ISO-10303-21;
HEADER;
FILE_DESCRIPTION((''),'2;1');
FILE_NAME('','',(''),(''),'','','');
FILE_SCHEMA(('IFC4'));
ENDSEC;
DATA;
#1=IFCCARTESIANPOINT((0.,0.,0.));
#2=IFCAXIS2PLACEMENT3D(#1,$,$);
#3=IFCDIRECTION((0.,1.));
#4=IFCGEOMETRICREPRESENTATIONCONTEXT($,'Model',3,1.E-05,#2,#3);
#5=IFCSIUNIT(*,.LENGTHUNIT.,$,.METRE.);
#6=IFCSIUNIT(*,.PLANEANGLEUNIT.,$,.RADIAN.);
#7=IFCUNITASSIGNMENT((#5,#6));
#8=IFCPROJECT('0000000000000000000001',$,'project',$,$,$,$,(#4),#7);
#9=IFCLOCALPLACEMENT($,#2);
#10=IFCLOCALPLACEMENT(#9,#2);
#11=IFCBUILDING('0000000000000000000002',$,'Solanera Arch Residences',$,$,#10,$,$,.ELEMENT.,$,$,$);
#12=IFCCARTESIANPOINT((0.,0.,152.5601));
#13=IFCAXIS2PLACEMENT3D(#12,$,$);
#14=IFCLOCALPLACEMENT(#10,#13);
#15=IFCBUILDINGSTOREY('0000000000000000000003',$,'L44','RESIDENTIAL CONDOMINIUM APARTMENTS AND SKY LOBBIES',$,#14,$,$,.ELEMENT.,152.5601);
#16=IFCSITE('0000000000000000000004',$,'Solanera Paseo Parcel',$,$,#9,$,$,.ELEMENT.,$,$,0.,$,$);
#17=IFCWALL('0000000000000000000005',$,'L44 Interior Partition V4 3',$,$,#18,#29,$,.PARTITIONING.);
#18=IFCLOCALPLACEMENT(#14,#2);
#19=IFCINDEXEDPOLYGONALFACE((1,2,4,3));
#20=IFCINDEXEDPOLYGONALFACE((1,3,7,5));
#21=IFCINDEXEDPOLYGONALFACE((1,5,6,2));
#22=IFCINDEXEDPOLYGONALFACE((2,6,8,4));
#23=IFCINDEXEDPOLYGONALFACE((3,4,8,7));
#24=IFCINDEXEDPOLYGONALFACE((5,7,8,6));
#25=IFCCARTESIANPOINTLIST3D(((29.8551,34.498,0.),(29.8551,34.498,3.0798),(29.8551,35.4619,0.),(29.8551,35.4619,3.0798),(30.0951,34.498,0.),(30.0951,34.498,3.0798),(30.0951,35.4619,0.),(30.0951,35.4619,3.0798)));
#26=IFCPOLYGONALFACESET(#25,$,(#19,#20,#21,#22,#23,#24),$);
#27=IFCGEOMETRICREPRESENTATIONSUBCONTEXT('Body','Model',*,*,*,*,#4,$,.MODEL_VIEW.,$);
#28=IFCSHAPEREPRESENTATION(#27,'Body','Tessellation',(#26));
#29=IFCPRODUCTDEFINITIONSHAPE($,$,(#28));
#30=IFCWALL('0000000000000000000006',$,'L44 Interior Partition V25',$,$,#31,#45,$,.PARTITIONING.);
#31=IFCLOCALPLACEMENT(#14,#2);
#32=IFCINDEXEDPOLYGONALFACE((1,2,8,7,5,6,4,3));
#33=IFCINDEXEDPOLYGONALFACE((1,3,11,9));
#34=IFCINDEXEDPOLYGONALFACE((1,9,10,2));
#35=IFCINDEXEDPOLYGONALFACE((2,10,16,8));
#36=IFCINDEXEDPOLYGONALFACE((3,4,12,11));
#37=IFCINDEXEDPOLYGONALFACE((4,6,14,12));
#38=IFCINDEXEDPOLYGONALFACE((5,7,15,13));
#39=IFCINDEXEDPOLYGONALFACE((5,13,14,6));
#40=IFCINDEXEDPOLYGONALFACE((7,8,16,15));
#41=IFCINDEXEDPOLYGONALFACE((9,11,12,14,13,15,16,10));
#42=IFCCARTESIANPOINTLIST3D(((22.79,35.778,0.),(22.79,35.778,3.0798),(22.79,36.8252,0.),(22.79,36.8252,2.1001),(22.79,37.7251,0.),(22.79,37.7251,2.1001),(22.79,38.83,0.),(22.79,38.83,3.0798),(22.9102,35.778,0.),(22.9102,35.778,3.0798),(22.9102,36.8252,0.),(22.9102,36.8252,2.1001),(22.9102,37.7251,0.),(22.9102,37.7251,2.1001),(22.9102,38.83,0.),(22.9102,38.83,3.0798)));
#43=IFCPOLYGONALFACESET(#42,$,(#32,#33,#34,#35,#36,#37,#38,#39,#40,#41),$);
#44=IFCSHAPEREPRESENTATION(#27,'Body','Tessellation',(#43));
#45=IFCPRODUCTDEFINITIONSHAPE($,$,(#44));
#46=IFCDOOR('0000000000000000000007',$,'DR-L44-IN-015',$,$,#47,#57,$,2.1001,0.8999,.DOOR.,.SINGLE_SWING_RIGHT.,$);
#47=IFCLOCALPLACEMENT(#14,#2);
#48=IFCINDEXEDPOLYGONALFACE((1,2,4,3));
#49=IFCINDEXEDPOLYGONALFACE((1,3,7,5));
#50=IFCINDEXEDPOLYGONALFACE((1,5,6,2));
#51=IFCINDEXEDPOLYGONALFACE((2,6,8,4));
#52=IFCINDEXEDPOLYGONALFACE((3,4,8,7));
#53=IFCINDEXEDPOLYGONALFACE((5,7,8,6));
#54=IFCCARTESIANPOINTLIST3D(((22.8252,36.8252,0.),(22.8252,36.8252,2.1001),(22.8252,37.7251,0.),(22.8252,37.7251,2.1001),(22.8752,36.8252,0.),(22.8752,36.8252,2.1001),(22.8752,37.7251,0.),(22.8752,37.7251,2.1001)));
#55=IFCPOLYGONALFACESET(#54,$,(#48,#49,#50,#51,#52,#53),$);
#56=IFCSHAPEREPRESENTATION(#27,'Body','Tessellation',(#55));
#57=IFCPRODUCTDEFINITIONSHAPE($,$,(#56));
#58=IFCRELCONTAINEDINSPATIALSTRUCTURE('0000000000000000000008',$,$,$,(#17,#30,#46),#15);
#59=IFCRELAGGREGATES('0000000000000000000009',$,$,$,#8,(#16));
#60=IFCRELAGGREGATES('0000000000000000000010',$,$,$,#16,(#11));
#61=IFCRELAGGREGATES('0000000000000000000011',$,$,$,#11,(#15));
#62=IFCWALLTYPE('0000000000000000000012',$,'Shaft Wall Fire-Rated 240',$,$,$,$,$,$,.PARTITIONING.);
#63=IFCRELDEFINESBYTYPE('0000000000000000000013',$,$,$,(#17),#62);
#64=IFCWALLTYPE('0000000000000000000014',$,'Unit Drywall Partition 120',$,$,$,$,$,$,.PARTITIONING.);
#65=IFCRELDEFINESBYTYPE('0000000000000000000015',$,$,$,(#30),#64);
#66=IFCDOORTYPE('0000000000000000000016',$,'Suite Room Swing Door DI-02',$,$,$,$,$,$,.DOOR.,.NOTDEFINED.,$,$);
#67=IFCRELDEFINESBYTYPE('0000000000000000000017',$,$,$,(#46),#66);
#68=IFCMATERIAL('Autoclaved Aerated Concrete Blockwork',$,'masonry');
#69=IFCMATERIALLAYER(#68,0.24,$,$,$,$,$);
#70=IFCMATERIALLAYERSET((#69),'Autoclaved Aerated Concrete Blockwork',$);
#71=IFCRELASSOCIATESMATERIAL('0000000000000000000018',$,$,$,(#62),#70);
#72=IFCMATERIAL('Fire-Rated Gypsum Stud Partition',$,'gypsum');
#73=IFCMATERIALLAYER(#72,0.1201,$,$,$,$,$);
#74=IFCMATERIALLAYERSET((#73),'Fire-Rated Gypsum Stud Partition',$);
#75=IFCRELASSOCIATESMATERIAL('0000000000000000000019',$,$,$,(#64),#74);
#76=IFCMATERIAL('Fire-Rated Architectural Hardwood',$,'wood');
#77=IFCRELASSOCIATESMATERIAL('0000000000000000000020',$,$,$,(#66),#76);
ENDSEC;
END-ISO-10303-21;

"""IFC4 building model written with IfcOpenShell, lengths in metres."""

from ifc_helpers import new_model, si_unit, direction, frame, frame_2d, origin, place, context, subcontext, project, spatial, rectangle, extrude, material, layer, layer_set, type_object, element, fill, save


model = new_model("IFC4")

# Units and contexts
model_context = context("Model", 3, precision=1e-05, world=origin(), true_north=direction((0.0, 1.0)))
body_context = subcontext(model_context, "Body", "Model", "MODEL_VIEW")
ifc_project = project(units=[si_unit("LENGTHUNIT", "METRE"), si_unit("PLANEANGLEUNIT", "RADIAN")], contexts=[model_context])

# Site, building, storey
site_placement = place(None, origin())
site = spatial("IfcSite", under=ifc_project, at=site_placement, Name="Solanera Paseo Parcel", CompositionType="ELEMENT", RefElevation=0.0)
building_placement = place(site_placement, origin())
building = spatial("IfcBuilding", under=site, at=building_placement, Name="Solanera Arch Residences", CompositionType="ELEMENT")
storey_placement = place(building_placement, frame((0.0, 0.0, 152.5601)))
storey = spatial("IfcBuildingStorey", under=building, at=storey_placement, Name="L44", Description="RESIDENTIAL CONDOMINIUM APARTMENTS AND SKY LOBBIES", CompositionType="ELEMENT", Elevation=152.5601)

# Shared definitions
ifc_material_1 = material(Name="Autoclaved Aerated Concrete Blockwork", Category="masonry")
ifc_layer_1 = layer(ifc_material_1, 0.24)
ifc_layer_set_1 = layer_set([ifc_layer_1], Name="Autoclaved Aerated Concrete Blockwork")
wall_type_1 = type_object("IfcWallType", Name="Shaft Wall Fire-Rated 240", PredefinedType="PARTITIONING", material=ifc_layer_set_1)

# Wall
wall_1_placement = place(storey_placement, frame((29.9751, 34.498, 0.0), z_axis=(0.0, 0.0, 1.0), x_axis=(0.0, 1.0, 0.0)))
element("IfcWall", 1, at=wall_1_placement, inside=storey, type_object=wall_type_1, Name="L44 Interior Partition V4 3", PredefinedType="PARTITIONING", context=body_context, shape_type="SweptSolid", body=[
    extrude(rectangle(XDim=0.9639, YDim=0.24, at=frame_2d((0.4819, 0.0))), origin(), (0.0, 0.0, 1.0), 3.0798),
])

# Wall, opening, door
ifc_material_2 = material(Name="Fire-Rated Gypsum Stud Partition", Category="gypsum")
ifc_layer_2 = layer(ifc_material_2, 0.1201)
ifc_layer_set_2 = layer_set([ifc_layer_2], Name="Fire-Rated Gypsum Stud Partition")
wall_type_2 = type_object("IfcWallType", Name="Unit Drywall Partition 120", PredefinedType="PARTITIONING", material=ifc_layer_set_2)
wall_2_placement = place(storey_placement, frame((22.8501, 35.7781, 0.0), z_axis=(0.0, 0.0, 1.0), x_axis=(0.0, 1.0, 0.0)))
wall_2 = element("IfcWall", 2, at=wall_2_placement, inside=storey, type_object=wall_type_2, Name="L44 Interior Partition V25", PredefinedType="PARTITIONING", context=body_context, shape_type="SweptSolid", body=[
    extrude(rectangle(XDim=3.052, YDim=0.1201, at=frame_2d((1.5259, 0.0))), origin(), (0.0, 0.0, 1.0), 3.0798),
])
opening_1_placement = place(wall_2_placement, frame((1.0471, 0.0, 0.0)))
opening_1 = element("IfcOpeningElement", 3, at=opening_1_placement, cuts=wall_2, PredefinedType="OPENING", context=body_context, shape_type="SweptSolid", body=[
    extrude(rectangle(XDim=0.8999, YDim=2.1001, at=frame_2d((0.45, 1.05))), frame((0.0, 0.0701, 0.0), z_axis=(0.0, -1.0, 0.0), x_axis=(1.0, 0.0, 0.0)), (0.0, 0.0, 1.0), 0.1401),
])
ifc_material_3 = material(Name="Fire-Rated Architectural Hardwood", Category="wood")
door_type_1 = type_object("IfcDoorType", Name="Suite Room Swing Door DI-02", OperationType="NOTDEFINED", PredefinedType="DOOR", material=ifc_material_3)
door_1_placement = place(opening_1_placement, origin())
door_1 = element("IfcDoor", 4, at=door_1_placement, inside=storey, type_object=door_type_1, Name="DR-L44-IN-015", OperationType="SINGLE_SWING_RIGHT", OverallHeight=2.1001, OverallWidth=0.8999, PredefinedType="DOOR", context=body_context, shape_type="SweptSolid", body=[
    extrude(rectangle(XDim=0.8999, YDim=2.1001, at=frame_2d((0.45, 1.05))), frame((0.0, 0.0249, 0.0), z_axis=(0.0, -1.0, 0.0), x_axis=(1.0, 0.0, 0.0)), (0.0, 0.0, 1.0), 0.05),
])
fill(opening_1, door_1)

save(model, "model.ifc")
